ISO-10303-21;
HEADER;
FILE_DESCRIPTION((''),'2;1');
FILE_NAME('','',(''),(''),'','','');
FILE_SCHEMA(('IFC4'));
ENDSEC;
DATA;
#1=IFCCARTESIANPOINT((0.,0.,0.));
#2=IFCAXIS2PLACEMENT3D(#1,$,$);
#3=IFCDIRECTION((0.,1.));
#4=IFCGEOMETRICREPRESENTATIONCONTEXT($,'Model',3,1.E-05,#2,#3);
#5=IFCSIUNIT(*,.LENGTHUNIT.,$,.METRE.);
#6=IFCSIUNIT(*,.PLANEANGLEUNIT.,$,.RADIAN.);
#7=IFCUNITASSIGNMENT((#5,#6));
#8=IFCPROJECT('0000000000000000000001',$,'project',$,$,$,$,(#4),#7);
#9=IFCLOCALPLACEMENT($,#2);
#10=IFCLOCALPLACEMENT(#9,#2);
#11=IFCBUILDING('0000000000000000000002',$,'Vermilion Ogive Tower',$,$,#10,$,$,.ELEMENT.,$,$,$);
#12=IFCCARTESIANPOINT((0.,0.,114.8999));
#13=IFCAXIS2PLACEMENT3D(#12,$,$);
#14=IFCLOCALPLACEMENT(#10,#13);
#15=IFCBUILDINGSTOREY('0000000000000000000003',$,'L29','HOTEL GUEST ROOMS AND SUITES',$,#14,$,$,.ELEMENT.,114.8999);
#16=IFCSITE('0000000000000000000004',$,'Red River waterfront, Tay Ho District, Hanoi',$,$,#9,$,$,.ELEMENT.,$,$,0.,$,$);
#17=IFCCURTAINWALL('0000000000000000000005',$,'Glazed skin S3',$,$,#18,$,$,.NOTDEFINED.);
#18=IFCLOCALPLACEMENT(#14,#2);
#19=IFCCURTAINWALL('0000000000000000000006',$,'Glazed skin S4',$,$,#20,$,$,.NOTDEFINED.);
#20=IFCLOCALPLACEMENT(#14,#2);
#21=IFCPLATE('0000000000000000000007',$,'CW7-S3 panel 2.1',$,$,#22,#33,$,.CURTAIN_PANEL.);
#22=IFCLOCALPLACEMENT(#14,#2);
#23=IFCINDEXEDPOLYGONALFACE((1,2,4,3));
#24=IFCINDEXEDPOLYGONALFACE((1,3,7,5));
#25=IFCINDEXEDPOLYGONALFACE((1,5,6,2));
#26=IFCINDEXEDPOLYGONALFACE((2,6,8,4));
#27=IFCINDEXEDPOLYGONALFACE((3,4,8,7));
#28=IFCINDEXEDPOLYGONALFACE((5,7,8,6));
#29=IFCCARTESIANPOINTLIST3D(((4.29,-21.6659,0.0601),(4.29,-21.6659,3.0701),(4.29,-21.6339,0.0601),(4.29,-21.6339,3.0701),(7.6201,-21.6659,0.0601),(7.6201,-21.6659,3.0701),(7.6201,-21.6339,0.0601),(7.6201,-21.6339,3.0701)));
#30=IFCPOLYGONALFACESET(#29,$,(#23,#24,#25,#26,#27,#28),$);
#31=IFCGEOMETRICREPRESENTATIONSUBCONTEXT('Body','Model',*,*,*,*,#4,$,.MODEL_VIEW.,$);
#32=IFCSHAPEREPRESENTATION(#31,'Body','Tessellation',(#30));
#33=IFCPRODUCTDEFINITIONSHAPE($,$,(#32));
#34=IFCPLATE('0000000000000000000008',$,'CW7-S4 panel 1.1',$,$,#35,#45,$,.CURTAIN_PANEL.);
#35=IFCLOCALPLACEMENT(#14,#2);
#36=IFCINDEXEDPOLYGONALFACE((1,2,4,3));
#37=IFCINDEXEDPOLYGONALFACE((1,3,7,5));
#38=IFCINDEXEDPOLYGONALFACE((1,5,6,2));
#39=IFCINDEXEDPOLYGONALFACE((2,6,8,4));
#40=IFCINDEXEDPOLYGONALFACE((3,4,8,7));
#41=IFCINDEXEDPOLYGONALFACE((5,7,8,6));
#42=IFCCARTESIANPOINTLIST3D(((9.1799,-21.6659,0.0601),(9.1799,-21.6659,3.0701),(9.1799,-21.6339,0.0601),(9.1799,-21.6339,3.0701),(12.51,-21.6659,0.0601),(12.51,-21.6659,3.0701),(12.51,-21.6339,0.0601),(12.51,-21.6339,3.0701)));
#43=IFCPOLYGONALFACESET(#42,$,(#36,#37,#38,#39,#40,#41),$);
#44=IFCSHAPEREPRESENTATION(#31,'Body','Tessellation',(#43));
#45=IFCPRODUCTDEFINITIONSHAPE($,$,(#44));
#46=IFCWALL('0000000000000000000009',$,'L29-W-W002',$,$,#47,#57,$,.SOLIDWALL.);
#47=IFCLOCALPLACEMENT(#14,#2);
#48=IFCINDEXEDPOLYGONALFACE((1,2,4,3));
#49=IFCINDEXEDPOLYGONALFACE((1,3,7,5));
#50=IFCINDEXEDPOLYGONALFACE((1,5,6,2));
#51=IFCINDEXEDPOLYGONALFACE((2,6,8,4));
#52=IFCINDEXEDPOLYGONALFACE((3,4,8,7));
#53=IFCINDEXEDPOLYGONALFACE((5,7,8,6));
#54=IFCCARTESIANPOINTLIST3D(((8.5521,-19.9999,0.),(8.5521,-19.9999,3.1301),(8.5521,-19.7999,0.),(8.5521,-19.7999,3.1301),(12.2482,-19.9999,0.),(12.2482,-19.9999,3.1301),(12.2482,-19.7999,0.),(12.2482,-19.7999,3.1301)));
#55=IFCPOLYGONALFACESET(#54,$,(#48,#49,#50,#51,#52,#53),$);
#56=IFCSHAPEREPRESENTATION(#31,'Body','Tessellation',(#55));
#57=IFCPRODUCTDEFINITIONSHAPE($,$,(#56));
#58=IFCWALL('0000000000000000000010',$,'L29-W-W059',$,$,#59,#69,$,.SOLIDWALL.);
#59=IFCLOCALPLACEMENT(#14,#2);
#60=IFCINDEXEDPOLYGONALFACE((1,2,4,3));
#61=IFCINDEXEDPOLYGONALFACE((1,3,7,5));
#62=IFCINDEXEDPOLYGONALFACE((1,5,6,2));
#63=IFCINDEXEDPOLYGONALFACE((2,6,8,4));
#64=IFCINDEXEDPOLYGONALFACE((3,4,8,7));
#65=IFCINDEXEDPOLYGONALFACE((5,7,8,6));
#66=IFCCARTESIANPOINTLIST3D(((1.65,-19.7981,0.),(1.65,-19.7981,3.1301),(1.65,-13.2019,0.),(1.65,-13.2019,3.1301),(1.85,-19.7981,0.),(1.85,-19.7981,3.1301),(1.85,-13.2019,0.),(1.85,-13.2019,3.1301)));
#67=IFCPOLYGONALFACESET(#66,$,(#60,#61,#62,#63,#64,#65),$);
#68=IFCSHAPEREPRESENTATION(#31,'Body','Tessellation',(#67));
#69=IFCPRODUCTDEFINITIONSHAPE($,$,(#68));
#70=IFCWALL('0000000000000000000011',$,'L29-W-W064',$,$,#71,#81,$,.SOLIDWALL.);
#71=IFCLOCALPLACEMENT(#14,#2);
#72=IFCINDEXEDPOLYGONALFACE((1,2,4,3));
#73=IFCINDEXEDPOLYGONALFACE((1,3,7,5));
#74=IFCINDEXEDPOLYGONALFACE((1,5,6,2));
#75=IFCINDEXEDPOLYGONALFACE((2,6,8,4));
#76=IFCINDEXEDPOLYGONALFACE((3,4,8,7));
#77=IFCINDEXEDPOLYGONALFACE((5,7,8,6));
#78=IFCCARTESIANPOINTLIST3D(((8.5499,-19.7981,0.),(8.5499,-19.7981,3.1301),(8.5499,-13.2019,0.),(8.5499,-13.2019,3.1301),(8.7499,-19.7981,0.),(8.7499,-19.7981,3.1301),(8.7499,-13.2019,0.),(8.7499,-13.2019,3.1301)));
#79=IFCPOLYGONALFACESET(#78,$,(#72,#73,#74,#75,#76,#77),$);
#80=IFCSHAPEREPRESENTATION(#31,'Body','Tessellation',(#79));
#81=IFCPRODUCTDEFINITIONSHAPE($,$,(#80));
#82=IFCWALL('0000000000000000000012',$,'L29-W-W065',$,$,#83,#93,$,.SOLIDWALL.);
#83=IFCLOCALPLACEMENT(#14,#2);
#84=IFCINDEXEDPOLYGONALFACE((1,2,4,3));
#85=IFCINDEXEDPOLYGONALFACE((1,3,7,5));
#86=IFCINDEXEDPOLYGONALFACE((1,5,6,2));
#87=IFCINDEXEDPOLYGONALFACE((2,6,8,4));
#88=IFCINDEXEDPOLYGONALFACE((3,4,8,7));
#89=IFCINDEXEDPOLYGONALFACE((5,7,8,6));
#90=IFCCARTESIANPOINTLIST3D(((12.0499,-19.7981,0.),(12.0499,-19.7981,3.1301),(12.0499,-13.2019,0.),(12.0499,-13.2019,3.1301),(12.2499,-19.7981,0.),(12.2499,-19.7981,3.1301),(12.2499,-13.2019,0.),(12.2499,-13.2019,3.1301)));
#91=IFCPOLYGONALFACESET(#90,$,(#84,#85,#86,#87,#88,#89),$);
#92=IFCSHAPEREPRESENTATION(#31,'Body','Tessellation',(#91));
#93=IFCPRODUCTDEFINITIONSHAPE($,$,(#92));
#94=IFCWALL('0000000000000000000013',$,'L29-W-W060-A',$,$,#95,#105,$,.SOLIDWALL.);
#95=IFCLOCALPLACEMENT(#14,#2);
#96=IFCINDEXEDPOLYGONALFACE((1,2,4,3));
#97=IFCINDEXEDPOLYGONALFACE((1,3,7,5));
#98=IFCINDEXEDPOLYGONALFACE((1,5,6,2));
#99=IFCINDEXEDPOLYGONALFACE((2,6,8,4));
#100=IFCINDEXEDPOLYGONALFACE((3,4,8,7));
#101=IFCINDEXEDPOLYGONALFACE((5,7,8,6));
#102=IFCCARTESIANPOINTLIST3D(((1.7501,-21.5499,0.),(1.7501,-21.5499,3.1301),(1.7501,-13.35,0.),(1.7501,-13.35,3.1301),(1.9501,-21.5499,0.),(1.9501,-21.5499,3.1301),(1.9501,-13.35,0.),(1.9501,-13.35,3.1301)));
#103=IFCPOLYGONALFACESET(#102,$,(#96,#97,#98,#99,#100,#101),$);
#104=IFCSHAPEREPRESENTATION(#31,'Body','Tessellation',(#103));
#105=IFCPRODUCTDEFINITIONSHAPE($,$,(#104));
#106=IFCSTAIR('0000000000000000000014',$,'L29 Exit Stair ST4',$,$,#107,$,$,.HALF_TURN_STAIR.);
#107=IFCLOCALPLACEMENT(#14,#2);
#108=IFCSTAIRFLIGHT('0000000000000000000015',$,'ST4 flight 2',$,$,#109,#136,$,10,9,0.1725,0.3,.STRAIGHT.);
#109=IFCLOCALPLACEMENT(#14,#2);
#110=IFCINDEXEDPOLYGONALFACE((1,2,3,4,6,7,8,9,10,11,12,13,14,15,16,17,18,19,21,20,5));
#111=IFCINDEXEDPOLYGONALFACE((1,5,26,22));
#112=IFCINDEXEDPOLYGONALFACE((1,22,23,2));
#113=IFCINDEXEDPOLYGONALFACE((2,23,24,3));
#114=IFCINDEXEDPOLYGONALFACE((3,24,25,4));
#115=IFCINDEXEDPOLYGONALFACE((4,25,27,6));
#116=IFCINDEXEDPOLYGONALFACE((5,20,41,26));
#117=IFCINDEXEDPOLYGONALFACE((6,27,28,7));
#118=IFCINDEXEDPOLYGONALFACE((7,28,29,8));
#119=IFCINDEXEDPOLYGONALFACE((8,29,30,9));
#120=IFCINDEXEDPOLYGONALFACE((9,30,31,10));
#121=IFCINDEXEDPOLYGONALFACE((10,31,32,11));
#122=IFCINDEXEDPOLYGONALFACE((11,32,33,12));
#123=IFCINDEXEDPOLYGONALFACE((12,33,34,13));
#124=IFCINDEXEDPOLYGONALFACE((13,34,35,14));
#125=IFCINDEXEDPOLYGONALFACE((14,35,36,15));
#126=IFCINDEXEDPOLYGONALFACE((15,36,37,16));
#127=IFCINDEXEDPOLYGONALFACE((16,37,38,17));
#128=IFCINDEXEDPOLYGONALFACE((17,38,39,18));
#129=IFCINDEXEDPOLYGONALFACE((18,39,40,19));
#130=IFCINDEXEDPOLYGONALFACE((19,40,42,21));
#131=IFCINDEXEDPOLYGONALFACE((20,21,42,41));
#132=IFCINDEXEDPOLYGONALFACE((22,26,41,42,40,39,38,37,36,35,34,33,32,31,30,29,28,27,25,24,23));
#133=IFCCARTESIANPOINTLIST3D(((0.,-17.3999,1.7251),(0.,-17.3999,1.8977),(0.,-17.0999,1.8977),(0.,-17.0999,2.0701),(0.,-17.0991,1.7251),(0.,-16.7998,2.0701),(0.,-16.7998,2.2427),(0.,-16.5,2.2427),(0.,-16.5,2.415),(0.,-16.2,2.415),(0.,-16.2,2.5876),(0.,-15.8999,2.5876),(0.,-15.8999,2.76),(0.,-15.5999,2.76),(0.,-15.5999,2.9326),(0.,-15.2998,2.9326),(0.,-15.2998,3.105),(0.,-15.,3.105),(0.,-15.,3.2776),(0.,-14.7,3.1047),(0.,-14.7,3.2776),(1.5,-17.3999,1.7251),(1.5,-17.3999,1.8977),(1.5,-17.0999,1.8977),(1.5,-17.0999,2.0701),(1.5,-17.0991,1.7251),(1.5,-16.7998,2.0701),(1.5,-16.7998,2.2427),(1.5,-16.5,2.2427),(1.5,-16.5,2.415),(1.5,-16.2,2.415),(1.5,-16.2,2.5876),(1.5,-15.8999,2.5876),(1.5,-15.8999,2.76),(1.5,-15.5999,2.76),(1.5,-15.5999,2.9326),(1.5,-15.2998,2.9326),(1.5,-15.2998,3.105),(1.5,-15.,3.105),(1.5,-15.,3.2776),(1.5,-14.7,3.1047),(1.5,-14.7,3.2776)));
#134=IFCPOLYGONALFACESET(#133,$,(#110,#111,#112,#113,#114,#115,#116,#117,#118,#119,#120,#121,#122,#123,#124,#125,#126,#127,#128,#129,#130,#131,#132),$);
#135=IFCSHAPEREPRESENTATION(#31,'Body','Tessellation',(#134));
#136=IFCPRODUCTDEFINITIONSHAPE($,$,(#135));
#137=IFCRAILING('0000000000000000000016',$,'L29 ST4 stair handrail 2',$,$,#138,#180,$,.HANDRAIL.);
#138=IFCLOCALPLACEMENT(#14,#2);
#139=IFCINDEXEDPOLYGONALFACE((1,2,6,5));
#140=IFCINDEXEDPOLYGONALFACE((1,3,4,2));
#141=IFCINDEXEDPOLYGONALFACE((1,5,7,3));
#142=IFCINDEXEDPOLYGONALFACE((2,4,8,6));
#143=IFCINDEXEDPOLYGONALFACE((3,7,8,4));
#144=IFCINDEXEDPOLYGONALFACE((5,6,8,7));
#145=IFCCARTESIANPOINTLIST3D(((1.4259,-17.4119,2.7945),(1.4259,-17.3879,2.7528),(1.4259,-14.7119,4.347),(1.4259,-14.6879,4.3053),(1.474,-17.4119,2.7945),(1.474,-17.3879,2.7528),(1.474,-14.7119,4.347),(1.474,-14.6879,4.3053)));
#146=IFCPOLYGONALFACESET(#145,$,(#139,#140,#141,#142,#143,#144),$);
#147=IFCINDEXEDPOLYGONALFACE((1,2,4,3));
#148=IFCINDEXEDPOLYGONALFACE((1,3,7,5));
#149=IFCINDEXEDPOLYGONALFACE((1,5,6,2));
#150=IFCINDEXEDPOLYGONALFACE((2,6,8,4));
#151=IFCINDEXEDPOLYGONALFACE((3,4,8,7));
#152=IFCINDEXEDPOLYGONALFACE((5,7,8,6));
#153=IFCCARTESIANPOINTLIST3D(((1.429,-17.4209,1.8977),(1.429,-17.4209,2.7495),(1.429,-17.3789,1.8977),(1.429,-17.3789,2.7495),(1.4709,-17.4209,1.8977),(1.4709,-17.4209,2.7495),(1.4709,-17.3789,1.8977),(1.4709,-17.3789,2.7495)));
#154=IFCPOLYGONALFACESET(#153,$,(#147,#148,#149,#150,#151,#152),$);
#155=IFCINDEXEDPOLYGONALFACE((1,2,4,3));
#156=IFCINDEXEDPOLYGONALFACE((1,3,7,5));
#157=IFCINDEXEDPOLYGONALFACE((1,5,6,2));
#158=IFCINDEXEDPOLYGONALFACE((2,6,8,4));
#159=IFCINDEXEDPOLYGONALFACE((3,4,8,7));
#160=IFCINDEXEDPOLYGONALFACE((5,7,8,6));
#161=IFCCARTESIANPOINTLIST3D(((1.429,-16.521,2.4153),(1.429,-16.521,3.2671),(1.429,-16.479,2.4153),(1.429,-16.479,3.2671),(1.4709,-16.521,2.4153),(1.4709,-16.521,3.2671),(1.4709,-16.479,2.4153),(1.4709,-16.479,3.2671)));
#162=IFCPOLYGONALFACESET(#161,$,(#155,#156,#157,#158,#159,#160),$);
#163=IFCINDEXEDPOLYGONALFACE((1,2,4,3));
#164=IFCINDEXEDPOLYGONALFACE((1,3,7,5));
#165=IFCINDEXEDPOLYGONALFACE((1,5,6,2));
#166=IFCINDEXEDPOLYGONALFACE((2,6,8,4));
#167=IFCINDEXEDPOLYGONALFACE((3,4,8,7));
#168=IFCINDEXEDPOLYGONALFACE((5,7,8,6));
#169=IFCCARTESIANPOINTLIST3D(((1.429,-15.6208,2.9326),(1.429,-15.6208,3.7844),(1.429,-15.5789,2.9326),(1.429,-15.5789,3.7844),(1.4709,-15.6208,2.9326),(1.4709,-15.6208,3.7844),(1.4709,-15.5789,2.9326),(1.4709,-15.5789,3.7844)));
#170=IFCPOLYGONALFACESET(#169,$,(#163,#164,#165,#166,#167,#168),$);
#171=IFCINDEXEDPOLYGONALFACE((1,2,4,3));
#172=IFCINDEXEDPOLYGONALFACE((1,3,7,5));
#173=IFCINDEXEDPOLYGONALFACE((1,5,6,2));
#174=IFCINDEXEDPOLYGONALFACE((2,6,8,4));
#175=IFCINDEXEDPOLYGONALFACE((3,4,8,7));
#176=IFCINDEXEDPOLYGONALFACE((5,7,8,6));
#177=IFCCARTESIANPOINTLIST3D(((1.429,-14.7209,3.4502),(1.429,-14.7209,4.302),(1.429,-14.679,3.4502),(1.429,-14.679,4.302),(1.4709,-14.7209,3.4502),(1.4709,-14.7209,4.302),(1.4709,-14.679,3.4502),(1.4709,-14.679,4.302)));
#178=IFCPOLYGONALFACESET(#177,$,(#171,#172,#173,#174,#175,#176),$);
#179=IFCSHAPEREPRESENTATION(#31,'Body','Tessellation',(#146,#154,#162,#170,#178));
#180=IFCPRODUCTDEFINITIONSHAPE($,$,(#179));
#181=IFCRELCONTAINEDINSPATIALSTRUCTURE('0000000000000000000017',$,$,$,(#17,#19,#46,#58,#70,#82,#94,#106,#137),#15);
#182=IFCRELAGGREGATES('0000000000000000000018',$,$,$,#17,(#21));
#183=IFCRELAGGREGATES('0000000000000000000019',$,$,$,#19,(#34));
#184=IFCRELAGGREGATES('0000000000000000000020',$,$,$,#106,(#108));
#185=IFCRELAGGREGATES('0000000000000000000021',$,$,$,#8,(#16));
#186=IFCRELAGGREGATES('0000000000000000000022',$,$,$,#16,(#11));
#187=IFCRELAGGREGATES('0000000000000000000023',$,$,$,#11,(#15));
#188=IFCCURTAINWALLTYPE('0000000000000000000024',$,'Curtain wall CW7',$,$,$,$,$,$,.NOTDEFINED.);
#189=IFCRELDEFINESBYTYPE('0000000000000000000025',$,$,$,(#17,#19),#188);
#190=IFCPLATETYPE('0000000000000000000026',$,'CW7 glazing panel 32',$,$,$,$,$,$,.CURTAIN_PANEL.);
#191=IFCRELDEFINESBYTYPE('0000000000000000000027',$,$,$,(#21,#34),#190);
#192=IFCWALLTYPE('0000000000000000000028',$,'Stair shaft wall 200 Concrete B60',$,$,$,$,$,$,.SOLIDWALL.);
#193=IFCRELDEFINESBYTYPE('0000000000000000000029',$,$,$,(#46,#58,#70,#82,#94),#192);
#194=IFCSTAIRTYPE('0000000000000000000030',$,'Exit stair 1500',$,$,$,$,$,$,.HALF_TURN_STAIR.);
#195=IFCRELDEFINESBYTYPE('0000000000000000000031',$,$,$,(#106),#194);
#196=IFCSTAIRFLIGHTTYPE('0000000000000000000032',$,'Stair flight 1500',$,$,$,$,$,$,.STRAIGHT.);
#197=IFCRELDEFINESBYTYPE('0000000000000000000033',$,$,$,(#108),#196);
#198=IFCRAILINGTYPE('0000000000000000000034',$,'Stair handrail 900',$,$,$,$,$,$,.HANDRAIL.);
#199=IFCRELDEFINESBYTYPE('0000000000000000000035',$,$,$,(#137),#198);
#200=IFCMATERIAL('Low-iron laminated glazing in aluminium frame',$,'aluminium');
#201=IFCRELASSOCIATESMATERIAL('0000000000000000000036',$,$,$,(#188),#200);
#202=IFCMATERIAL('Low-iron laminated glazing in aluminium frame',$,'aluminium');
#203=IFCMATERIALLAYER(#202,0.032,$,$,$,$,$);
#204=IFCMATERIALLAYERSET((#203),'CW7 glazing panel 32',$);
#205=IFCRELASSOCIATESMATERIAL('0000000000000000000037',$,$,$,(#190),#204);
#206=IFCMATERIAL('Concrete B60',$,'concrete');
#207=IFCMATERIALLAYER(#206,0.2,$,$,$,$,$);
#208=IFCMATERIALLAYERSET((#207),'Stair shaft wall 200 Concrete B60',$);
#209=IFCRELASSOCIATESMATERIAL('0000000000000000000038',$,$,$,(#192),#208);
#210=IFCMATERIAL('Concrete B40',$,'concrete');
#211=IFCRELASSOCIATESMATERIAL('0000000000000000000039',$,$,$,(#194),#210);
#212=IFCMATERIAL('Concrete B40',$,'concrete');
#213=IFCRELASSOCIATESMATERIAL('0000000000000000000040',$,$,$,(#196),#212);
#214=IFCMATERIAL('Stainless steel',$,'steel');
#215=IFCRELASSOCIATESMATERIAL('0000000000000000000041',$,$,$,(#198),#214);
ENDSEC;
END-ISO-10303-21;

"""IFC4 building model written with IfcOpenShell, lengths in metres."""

from ifc_helpers import new_model, si_unit, direction, frame, frame_2d, origin, origin_2d, place, context, subcontext, project, spatial, polyline, rectangle, outline, extrude, material, layer, layer_set, type_object, element, aggregate, save


model = new_model("IFC4")

# Units and contexts
model_context = context("Model", 3, precision=1e-05, world=origin(), true_north=direction((0.0, 1.0)))
body_context = subcontext(model_context, "Body", "Model", "MODEL_VIEW")
ifc_project = project(units=[si_unit("LENGTHUNIT", "METRE"), si_unit("PLANEANGLEUNIT", "RADIAN")], contexts=[model_context])

# Site, building, storey
site_placement = place(None, origin())
site = spatial("IfcSite", under=ifc_project, at=site_placement, Name="Red River waterfront, Tay Ho District, Hanoi", CompositionType="ELEMENT", RefElevation=0.0)
building_placement = place(site_placement, origin())
building = spatial("IfcBuilding", under=site, at=building_placement, Name="Vermilion Ogive Tower", CompositionType="ELEMENT")
storey_placement = place(building_placement, frame((0.0, 0.0, 114.8999)))
storey = spatial("IfcBuildingStorey", under=building, at=storey_placement, Name="L29", Description="HOTEL GUEST ROOMS AND SUITES", CompositionType="ELEMENT", Elevation=114.8999)

# Curtain wall
ifc_material_1 = material(Name="Low-iron laminated glazing in aluminium frame", Category="aluminium")
curtain_wall_type = type_object("IfcCurtainWallType", Name="Curtain wall CW7", PredefinedType="NOTDEFINED", material=ifc_material_1)
curtain_wall_1_placement = place(storey_placement, origin())
curtain_wall_1 = element("IfcCurtainWall", 1, at=curtain_wall_1_placement, inside=storey, type_object=curtain_wall_type, Name="Glazed skin S3", PredefinedType="NOTDEFINED")

# Curtain wall
curtain_wall_2_placement = place(storey_placement, origin())
curtain_wall_2 = element("IfcCurtainWall", 2, at=curtain_wall_2_placement, inside=storey, type_object=curtain_wall_type, Name="Glazed skin S4", PredefinedType="NOTDEFINED")

# Plates
ifc_material_2 = material(Name="Low-iron laminated glazing in aluminium frame", Category="aluminium")
ifc_layer_1 = layer(ifc_material_2, 0.032)
ifc_layer_set_1 = layer_set([ifc_layer_1], Name="CW7 glazing panel 32")
plate_type = type_object("IfcPlateType", Name="CW7 glazing panel 32", PredefinedType="CURTAIN_PANEL", material=ifc_layer_set_1)
plate_1_placement = place(storey_placement, frame((5.9551, -21.6499, 0.0601), z_axis=(0.0, 0.0, 1.0), x_axis=(1.0, 0.0, 0.0)))
plate_1 = element("IfcPlate", 3, at=plate_1_placement, type_object=plate_type, Name="CW7-S3 panel 2.1", PredefinedType="CURTAIN_PANEL", context=body_context, shape_type="SweptSolid", body=[
    extrude(rectangle(XDim=3.3301, YDim=0.032, at=origin_2d()), origin(), (0.0, 0.0, 1.0), 3.01),
])
aggregate(curtain_wall_1, [plate_1])
plate_2_placement = place(storey_placement, frame((10.845, -21.6499, 0.0601), z_axis=(0.0, 0.0, 1.0), x_axis=(1.0, 0.0, 0.0)))
plate_2 = element("IfcPlate", 4, at=plate_2_placement, type_object=plate_type, Name="CW7-S4 panel 1.1", PredefinedType="CURTAIN_PANEL", context=body_context, shape_type="SweptSolid", body=[
    extrude(rectangle(XDim=3.3301, YDim=0.032, at=origin_2d()), origin(), (0.0, 0.0, 1.0), 3.01),
])
aggregate(curtain_wall_2, [plate_2])

# Walls
ifc_material_3 = material(Name="Concrete B60", Category="concrete")
ifc_layer_2 = layer(ifc_material_3, 0.2)
ifc_layer_set_2 = layer_set([ifc_layer_2], Name="Stair shaft wall 200 Concrete B60")
wall_type = type_object("IfcWallType", Name="Stair shaft wall 200 Concrete B60", PredefinedType="SOLIDWALL", material=ifc_layer_set_2)
wall_1_placement = place(storey_placement, frame((8.552, -19.8999, 0.0), z_axis=(0.0, 0.0, 1.0), x_axis=(1.0, 0.0, 0.0)))
element("IfcWall", 5, at=wall_1_placement, inside=storey, type_object=wall_type, Name="L29-W-W002", PredefinedType="SOLIDWALL", context=body_context, shape_type="SweptSolid", body=[
    extrude(rectangle(XDim=3.696, YDim=0.2, at=frame_2d((1.8481, 0.0))), origin(), (0.0, 0.0, 1.0), 3.1301),
])
for number, where, z_axis, x_axis, name in (
    (6, (1.75, -19.7981, 0.0), (0.0, 0.0, 1.0), (0.0, 1.0, 0.0), "L29-W-W059"),
    (7, (8.6499, -19.7981, 0.0), (0.0, 0.0, 1.0), (0.0, 1.0, 0.0), "L29-W-W064"),
    (8, (12.1499, -19.7981, 0.0), (0.0, 0.0, 1.0), (0.0, 1.0, 0.0), "L29-W-W065"),
):
    element("IfcWall", number, at=place(storey_placement, frame(where, z_axis=z_axis, x_axis=x_axis)), inside=storey, type_object=wall_type, Name=name, PredefinedType="SOLIDWALL", context=body_context, shape_type="SweptSolid", body=[
        extrude(rectangle(XDim=6.5962, YDim=0.2, at=frame_2d((3.2981, 0.0))), origin(), (0.0, 0.0, 1.0), 3.1301),
    ])
wall_2_placement = place(storey_placement, frame((1.8501, -21.55, 0.0), z_axis=(0.0, 0.0, 1.0), x_axis=(0.0, 1.0, 0.0)))
element("IfcWall", 9, at=wall_2_placement, inside=storey, type_object=wall_type, Name="L29-W-W060-A", PredefinedType="SOLIDWALL", context=body_context, shape_type="SweptSolid", body=[
    extrude(rectangle(XDim=8.2, YDim=0.2, at=frame_2d((4.1001, 0.0))), origin(), (0.0, 0.0, 1.0), 3.1301),
])

# Stair, stair flight
ifc_material_4 = material(Name="Concrete B40", Category="concrete")
stair_type = type_object("IfcStairType", Name="Exit stair 1500", PredefinedType="HALF_TURN_STAIR", material=ifc_material_4)
stair_placement = place(storey_placement, origin())
stair = element("IfcStair", 10, at=stair_placement, inside=storey, type_object=stair_type, Name="L29 Exit Stair ST4", PredefinedType="HALF_TURN_STAIR")
ifc_material_5 = material(Name="Concrete B40", Category="concrete")
stair_flight_type = type_object("IfcStairFlightType", Name="Stair flight 1500", PredefinedType="STRAIGHT", material=ifc_material_5)
stair_flight_placement = place(storey_placement, frame((0.75, -17.3999, 1.7251), z_axis=(0.0, 0.0, 1.0), x_axis=(0.0, 1.0, 0.0)))
stair_flight = element("IfcStairFlight", 11, at=stair_flight_placement, type_object=stair_flight_type, Name="ST4 flight 2", NumberOfRisers=10, NumberOfTreads=9, PredefinedType="STRAIGHT", RiserHeight=0.1725, TreadLength=0.3, context=body_context, shape_type="SweptSolid", body=[
    extrude(outline(polyline([(0.0, 0.0), (0.0, 0.1726), (0.3, 0.1726), (0.3, 0.345), (0.6001, 0.345), (0.6001, 0.5176), (0.8999, 0.5176), (0.8999, 0.6899), (1.2, 0.6899), (1.2, 0.8625), (1.5, 0.8625), (1.5, 1.0349), (1.8, 1.0349), (1.8, 1.2075), (2.1001, 1.2075), (2.1001, 1.3799), (2.3999, 1.3799), (2.3999, 1.5525), (2.7, 1.5525), (2.7, 1.7251), (2.7, 1.3796), (0.3008, 0.0), (0.0, 0.0)])), frame((0.0, 0.75, 0.0), z_axis=(0.0, -1.0, 0.0), x_axis=(1.0, 0.0, 0.0)), (0.0, 0.0, 1.0), 1.5),
])
aggregate(stair, [stair_flight])

# Railing
ifc_material_6 = material(Name="Stainless steel", Category="steel")
railing_type = type_object("IfcRailingType", Name="Stair handrail 900", PredefinedType="HANDRAIL", material=ifc_material_6)
railing_placement = place(storey_placement, frame((1.45, -17.3999, 1.8977)))
element("IfcRailing", 12, at=railing_placement, inside=storey, type_object=railing_type, Name="L29 ST4 stair handrail 2", PredefinedType="HANDRAIL", context=body_context, shape_type="SweptSolid", body=[
    extrude(rectangle(XDim=0.0481, YDim=0.0481, at=origin_2d()), frame((0.0, 0.0, 0.876), z_axis=(0.0, 0.866904, 0.498476), x_axis=(-1.0, 0.0, 0.0)), (0.0, 0.0, 1.0), 3.1145),
    extrude(rectangle(XDim=0.042, YDim=0.042, at=origin_2d()), origin(), (0.0, 0.0, 1.0), 0.8518),
    extrude(rectangle(XDim=0.042, YDim=0.042, at=origin_2d()), frame((0.0, 0.8999, 0.5176)), (0.0, 0.0, 1.0), 0.8518),
    extrude(rectangle(XDim=0.042, YDim=0.042, at=origin_2d()), frame((0.0, 1.8, 1.0349)), (0.0, 0.0, 1.0), 0.8518),
    extrude(rectangle(XDim=0.042, YDim=0.042, at=origin_2d()), frame((0.0, 2.7, 1.5525)), (0.0, 0.0, 1.0), 0.8518),
])

save(model, "model.ifc")
